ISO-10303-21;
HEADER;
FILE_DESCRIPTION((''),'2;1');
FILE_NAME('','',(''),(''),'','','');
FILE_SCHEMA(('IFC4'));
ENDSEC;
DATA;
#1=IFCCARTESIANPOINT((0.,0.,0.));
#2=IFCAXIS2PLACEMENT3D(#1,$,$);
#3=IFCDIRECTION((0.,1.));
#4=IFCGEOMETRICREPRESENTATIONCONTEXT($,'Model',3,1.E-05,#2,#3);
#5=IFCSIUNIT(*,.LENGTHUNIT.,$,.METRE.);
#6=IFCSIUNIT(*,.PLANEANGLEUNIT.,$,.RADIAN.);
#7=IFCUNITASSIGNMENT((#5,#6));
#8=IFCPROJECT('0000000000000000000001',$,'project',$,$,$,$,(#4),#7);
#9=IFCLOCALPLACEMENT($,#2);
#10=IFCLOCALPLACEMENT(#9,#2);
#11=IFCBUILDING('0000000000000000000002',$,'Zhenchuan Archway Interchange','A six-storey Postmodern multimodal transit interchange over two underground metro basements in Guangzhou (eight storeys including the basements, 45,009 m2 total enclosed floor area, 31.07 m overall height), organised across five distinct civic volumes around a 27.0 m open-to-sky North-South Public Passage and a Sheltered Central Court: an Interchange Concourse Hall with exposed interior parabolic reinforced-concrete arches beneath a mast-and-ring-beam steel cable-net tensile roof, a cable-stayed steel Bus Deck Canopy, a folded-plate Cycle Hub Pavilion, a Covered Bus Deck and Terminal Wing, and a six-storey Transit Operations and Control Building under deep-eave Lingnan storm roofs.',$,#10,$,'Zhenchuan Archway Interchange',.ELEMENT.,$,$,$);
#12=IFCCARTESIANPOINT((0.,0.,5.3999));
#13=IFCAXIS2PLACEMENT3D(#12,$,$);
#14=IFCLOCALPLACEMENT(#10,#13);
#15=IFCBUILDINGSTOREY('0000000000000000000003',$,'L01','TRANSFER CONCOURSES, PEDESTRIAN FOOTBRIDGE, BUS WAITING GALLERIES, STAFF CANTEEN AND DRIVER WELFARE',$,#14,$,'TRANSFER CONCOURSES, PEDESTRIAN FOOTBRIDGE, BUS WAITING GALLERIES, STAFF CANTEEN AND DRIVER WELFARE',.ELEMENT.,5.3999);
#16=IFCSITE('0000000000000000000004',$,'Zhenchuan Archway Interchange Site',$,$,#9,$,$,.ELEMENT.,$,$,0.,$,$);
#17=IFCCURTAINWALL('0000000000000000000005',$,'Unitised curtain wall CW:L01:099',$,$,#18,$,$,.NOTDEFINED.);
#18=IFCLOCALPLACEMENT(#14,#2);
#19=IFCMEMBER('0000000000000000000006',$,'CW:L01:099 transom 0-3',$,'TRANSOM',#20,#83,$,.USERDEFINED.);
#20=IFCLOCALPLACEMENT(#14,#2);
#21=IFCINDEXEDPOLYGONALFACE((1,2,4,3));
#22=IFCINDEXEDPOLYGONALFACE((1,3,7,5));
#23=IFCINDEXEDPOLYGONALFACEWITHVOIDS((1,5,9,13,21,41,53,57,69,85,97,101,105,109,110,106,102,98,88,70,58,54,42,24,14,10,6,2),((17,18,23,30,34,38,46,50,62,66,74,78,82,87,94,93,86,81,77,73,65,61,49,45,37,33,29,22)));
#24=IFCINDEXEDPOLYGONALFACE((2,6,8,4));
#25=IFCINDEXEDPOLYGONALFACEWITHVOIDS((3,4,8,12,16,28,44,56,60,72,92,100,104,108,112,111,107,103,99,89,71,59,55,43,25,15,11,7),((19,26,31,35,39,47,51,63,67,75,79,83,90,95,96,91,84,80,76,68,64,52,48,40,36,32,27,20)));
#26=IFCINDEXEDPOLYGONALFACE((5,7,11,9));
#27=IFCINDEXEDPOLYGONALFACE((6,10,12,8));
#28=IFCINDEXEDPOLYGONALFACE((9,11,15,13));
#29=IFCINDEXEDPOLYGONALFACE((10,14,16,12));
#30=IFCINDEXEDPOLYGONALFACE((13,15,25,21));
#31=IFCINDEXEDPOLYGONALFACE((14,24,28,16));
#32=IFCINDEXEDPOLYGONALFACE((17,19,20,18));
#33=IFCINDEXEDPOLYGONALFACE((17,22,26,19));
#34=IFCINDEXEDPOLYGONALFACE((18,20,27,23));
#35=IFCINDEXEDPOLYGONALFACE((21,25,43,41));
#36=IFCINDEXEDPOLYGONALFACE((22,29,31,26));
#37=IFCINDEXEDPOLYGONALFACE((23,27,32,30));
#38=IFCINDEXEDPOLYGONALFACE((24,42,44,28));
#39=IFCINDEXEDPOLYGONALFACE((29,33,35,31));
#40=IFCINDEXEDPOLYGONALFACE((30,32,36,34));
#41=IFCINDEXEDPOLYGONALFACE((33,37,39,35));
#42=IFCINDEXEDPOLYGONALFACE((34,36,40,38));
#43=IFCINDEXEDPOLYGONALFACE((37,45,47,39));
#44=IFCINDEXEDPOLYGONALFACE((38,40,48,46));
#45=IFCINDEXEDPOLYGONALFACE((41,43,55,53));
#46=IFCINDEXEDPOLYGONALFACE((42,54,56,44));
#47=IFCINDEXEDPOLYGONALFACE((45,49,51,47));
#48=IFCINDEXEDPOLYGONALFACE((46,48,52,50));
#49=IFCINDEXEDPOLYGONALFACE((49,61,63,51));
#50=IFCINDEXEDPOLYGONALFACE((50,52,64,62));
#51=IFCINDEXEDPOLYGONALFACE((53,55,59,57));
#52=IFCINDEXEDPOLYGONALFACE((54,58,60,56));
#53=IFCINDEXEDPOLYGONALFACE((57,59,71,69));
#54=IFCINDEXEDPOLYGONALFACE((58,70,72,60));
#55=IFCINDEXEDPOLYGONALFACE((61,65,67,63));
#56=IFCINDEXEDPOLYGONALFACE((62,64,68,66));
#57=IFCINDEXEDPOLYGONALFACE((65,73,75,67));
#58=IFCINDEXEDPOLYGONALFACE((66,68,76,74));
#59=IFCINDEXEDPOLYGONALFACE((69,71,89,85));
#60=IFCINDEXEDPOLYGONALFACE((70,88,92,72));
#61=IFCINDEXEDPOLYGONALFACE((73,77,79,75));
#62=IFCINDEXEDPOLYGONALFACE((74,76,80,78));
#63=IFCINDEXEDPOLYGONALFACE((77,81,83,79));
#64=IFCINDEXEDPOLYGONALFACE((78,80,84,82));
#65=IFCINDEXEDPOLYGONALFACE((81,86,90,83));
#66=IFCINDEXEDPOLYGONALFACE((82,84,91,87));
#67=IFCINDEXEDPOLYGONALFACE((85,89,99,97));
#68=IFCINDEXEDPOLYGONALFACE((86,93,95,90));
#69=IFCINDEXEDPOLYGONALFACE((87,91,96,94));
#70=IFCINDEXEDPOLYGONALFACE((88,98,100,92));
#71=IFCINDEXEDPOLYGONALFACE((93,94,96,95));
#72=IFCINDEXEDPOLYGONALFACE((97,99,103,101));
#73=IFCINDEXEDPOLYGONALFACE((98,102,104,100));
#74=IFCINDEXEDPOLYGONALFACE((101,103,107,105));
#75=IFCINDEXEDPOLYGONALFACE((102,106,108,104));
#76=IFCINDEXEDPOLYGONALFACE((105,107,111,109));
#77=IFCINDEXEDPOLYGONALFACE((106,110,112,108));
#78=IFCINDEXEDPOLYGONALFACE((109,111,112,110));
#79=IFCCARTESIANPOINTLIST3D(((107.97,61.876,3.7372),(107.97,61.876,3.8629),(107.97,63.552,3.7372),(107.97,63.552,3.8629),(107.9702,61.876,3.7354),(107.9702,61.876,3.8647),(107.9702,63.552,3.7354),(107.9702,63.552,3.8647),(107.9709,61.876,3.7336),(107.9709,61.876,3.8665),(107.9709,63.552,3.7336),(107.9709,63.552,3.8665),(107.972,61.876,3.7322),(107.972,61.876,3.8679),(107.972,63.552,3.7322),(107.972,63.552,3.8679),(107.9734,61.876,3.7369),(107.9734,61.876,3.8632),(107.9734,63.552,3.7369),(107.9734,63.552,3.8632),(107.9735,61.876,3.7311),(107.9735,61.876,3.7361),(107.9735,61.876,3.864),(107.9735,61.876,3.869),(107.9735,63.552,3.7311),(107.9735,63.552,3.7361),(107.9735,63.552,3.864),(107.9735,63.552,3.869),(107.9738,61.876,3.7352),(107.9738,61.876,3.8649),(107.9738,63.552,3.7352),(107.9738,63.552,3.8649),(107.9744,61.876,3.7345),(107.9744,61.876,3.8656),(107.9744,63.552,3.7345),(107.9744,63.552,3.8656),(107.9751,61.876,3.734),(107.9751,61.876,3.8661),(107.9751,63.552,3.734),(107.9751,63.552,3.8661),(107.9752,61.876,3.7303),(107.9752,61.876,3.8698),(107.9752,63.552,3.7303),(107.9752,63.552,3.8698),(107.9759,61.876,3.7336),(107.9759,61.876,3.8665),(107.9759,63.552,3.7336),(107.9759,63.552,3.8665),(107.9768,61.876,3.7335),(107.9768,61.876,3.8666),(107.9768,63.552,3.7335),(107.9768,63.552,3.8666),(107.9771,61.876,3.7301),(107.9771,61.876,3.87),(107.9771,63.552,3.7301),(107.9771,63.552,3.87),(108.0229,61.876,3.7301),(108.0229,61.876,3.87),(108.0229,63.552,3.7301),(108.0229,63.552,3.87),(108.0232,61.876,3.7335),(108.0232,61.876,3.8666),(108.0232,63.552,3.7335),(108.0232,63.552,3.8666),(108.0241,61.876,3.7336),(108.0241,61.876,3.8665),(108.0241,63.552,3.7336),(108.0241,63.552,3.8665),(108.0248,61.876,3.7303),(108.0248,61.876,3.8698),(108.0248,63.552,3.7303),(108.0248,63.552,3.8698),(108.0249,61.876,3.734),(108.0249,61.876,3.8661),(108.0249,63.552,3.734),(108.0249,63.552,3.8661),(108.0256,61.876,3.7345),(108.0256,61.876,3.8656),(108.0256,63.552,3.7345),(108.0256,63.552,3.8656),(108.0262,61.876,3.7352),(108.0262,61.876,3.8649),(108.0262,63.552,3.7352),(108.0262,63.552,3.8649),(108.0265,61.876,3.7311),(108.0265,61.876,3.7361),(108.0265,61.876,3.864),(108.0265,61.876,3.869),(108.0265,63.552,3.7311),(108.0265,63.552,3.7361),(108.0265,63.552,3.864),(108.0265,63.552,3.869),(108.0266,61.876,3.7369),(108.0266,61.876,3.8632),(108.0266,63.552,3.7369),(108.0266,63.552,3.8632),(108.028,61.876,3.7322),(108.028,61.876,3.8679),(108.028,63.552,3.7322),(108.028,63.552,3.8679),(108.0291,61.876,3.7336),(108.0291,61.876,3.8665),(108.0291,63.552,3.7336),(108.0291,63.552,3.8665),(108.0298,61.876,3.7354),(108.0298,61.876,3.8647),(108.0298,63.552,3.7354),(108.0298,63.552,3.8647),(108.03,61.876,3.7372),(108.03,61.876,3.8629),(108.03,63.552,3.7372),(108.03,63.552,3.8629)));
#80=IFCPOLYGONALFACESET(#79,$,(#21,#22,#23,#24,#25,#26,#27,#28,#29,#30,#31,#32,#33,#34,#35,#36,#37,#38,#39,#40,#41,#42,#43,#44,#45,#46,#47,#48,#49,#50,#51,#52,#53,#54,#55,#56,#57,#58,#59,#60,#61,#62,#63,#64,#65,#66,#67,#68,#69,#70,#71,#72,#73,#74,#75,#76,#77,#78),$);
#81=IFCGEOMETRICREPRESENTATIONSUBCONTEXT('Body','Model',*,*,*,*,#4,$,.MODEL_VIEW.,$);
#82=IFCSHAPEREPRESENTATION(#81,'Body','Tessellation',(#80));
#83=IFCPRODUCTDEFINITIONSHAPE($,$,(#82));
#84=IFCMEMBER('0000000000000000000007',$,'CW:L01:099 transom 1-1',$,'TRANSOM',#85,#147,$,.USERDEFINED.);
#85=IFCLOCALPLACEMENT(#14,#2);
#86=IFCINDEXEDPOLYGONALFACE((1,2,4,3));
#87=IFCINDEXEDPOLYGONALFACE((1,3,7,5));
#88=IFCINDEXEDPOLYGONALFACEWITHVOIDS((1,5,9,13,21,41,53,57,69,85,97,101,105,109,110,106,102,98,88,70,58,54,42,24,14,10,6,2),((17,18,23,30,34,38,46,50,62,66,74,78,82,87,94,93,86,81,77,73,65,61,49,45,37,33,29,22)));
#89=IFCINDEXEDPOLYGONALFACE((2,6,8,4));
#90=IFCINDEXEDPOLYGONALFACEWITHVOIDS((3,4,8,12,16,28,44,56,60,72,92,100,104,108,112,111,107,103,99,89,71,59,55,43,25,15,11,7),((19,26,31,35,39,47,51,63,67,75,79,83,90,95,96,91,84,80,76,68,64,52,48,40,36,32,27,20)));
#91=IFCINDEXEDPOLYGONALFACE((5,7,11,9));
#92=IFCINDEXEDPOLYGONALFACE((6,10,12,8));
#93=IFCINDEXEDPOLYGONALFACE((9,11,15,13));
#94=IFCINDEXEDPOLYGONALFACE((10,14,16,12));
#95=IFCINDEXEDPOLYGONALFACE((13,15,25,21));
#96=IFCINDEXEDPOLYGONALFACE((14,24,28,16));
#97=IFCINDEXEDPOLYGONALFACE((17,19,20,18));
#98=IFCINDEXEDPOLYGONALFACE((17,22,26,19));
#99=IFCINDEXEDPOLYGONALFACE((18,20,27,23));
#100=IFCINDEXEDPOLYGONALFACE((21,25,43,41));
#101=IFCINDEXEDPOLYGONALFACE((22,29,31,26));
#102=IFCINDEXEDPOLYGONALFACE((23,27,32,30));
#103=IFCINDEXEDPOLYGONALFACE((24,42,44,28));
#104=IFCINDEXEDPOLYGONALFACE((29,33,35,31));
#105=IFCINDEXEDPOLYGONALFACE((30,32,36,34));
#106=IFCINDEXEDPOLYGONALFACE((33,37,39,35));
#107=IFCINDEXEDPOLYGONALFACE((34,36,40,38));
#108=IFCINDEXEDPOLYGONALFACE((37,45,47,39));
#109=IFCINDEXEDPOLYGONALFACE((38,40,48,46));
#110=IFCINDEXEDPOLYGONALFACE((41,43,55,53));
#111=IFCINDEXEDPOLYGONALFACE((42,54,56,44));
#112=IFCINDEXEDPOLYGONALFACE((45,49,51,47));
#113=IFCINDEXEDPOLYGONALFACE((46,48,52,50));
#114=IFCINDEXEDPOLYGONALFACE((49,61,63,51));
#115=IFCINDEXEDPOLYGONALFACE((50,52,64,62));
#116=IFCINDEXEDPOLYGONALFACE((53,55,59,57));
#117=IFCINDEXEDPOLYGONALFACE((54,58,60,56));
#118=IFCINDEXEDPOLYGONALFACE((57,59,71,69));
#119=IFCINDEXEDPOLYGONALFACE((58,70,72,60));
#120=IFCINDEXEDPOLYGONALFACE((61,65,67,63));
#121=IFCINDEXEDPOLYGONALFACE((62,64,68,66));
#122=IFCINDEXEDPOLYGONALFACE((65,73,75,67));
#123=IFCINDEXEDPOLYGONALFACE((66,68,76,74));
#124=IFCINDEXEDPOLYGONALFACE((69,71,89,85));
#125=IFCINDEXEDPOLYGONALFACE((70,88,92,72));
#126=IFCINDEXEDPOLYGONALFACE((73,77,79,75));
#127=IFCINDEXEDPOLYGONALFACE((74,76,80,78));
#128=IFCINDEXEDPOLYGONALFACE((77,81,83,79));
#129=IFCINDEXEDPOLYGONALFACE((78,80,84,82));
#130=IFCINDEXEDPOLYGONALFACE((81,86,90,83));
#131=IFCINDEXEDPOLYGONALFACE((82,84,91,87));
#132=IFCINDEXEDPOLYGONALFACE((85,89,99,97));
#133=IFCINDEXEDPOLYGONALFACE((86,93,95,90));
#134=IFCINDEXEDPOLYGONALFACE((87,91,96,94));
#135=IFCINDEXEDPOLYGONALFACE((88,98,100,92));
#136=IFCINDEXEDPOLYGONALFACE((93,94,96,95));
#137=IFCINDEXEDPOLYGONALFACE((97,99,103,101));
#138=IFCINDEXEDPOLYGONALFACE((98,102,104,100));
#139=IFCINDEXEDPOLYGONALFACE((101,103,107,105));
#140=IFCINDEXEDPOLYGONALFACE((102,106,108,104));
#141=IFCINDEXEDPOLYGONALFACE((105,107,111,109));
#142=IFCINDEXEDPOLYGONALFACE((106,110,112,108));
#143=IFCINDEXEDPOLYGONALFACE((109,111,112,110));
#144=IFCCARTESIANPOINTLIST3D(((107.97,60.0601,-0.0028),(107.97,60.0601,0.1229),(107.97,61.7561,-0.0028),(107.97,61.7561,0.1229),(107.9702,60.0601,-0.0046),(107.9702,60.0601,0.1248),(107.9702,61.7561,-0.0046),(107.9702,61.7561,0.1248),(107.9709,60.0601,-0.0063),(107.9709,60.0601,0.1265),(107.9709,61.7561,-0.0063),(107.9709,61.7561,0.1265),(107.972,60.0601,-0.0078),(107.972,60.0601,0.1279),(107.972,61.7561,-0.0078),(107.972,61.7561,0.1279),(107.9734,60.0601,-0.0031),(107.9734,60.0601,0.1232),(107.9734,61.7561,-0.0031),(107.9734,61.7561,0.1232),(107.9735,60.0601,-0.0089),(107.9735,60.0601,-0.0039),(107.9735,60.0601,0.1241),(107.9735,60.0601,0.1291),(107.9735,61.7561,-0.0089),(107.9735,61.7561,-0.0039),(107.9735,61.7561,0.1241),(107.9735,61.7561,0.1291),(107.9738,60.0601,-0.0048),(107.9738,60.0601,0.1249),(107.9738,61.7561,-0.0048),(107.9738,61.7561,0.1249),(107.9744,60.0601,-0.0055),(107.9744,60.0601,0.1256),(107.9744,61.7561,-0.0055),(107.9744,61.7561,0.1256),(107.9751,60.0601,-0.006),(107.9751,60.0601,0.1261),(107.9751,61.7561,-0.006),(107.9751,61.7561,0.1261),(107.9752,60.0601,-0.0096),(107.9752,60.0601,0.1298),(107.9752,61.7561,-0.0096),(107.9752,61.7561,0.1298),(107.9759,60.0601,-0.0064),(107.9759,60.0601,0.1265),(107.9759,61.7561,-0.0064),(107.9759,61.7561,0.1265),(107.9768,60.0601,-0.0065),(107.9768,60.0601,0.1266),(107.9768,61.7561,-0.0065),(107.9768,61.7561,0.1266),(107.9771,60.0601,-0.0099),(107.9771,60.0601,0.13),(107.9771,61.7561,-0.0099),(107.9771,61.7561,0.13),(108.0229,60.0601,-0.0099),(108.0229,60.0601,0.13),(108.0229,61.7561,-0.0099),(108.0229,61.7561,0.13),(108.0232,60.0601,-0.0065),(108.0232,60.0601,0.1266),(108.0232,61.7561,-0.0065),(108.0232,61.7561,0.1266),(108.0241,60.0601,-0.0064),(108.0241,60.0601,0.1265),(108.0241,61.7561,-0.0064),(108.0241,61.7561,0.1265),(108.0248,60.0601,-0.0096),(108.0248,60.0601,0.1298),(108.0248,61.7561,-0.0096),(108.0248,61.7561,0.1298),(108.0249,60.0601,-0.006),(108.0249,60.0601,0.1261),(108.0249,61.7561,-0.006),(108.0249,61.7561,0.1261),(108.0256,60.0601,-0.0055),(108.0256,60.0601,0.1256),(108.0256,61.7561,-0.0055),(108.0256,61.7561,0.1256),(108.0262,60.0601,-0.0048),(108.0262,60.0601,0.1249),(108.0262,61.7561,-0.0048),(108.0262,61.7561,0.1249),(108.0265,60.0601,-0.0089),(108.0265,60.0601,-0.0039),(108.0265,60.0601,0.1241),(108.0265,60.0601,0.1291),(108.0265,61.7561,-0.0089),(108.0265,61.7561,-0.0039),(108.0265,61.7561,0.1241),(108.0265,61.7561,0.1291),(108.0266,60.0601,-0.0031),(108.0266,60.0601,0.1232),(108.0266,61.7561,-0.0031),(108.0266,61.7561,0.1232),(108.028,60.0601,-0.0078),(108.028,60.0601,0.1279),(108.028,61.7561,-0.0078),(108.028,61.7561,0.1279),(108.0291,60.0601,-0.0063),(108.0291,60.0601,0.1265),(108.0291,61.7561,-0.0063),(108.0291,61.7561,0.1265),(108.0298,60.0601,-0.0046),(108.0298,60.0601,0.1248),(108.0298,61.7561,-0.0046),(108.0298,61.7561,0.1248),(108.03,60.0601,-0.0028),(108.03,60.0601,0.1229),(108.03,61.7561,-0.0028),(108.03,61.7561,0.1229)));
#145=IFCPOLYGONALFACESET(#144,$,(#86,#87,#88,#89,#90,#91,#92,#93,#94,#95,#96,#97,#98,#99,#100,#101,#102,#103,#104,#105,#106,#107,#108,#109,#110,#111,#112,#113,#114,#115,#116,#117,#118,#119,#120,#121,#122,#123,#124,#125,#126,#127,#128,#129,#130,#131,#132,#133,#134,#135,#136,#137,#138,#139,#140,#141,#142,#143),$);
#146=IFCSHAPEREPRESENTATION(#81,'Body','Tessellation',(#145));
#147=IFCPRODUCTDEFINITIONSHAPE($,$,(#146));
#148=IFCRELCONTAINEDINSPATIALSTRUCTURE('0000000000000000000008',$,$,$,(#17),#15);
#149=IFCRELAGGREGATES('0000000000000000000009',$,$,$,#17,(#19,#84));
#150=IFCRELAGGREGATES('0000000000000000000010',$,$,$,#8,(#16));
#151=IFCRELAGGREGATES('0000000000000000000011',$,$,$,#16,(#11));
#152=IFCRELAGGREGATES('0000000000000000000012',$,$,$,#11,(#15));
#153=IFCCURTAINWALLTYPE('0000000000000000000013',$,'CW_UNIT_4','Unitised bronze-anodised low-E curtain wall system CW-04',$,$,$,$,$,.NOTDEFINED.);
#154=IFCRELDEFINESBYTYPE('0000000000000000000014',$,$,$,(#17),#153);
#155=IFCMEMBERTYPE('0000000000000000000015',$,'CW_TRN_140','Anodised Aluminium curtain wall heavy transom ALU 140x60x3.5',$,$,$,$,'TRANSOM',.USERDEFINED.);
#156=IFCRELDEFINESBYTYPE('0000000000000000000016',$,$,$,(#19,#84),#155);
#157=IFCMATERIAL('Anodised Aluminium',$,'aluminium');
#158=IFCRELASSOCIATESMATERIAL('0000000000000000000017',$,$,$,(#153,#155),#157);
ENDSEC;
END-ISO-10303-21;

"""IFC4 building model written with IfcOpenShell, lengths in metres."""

from ifc_helpers import new_model, si_unit, direction, frame, origin, origin_2d, place, context, subcontext, project, spatial, hollow_rectangle, extrude, material, material_profile, profile_set, type_object, element, aggregate, save


model = new_model("IFC4")

# Units and contexts
model_context = context("Model", 3, precision=1e-05, world=origin(), true_north=direction((0.0, 1.0)))
body_context = subcontext(model_context, "Body", "Model", "MODEL_VIEW")
ifc_project = project(units=[si_unit("LENGTHUNIT", "METRE"), si_unit("PLANEANGLEUNIT", "RADIAN")], contexts=[model_context])

# Site, building, storey
site_placement = place(None, origin())
site = spatial("IfcSite", under=ifc_project, at=site_placement, Name="Zhenchuan Archway Interchange Site", CompositionType="ELEMENT", RefElevation=0.0)
building_placement = place(site_placement, origin())
building = spatial("IfcBuilding", under=site, at=building_placement, Name="Zhenchuan Archway Interchange", Description="A six-storey Postmodern multimodal transit interchange over two underground metro basements in Guangzhou (eight storeys including the basements, 45,009 m2 total enclosed floor area, 31.07 m overall height), organised across five distinct civic volumes around a 27.0 m open-to-sky North-South Public Passage and a Sheltered Central Court: an Interchange Concourse Hall with exposed interior parabolic reinforced-concrete arches beneath a mast-and-ring-beam steel cable-net tensile roof, a cable-stayed steel Bus Deck Canopy, a folded-plate Cycle Hub Pavilion, a Covered Bus Deck and Terminal Wing, and a six-storey Transit Operations and Control Building under deep-eave Lingnan storm roofs.", LongName="Zhenchuan Archway Interchange", CompositionType="ELEMENT")
storey_placement = place(building_placement, frame((0.0, 0.0, 5.3999)))
storey = spatial("IfcBuildingStorey", under=building, at=storey_placement, Name="L01", Description="TRANSFER CONCOURSES, PEDESTRIAN FOOTBRIDGE, BUS WAITING GALLERIES, STAFF CANTEEN AND DRIVER WELFARE", LongName="TRANSFER CONCOURSES, PEDESTRIAN FOOTBRIDGE, BUS WAITING GALLERIES, STAFF CANTEEN AND DRIVER WELFARE", CompositionType="ELEMENT", Elevation=5.3999)

# Curtain wall, members
ifc_material_1 = material(Name="Anodised Aluminium", Category="aluminium")
curtain_wall_type = type_object("IfcCurtainWallType", Name="CW_UNIT_4", Description="Unitised bronze-anodised low-E curtain wall system CW-04", PredefinedType="NOTDEFINED", material=ifc_material_1)
curtain_wall_placement = place(storey_placement, origin())
curtain_wall = element("IfcCurtainWall", 1, at=curtain_wall_placement, inside=storey, type_object=curtain_wall_type, Name="Unitised curtain wall CW:L01:099", PredefinedType="NOTDEFINED")
ifc_material_profile_1 = material_profile(ifc_material_1, hollow_rectangle(XDim=0.0601, YDim=0.1399, WallThickness=0.0034, InnerFilletRadius=0.0034, OuterFilletRadius=0.0071, at=origin_2d()), Name="ALU 140x60x3.5")
ifc_profile_set_1 = profile_set([ifc_material_profile_1], Name="Anodised Aluminium")
member_type_1 = type_object("IfcMemberType", Name="CW_TRN_140", Description="Anodised Aluminium curtain wall heavy transom ALU 140x60x3.5", ElementType="TRANSOM", PredefinedType="USERDEFINED", material=ifc_profile_set_1)
member_1_placement = place(storey_placement, frame((108.0, 63.552, 3.8), z_axis=(0.0, -1.0, 0.0), x_axis=(1.0, 0.0, 0.0)))
member_1 = element("IfcMember", 2, at=member_1_placement, type_object=member_type_1, Name="CW:L01:099 transom 0-3", ObjectType="TRANSOM", PredefinedType="USERDEFINED", context=body_context, shape_type="SweptSolid", body=[
    extrude(hollow_rectangle(XDim=0.0601, YDim=0.1399, WallThickness=0.0034, InnerFilletRadius=0.0034, OuterFilletRadius=0.0071, at=origin_2d()), origin(), (0.0, 0.0, 1.0), 1.676),
])
member_2_placement = place(storey_placement, frame((108.0, 61.7561, 0.0601), z_axis=(0.0, -1.0, 0.0), x_axis=(1.0, 0.0, 0.0)))
member_2 = element("IfcMember", 3, at=member_2_placement, type_object=member_type_1, Name="CW:L01:099 transom 1-1", ObjectType="TRANSOM", PredefinedType="USERDEFINED", context=body_context, shape_type="SweptSolid", body=[
    extrude(hollow_rectangle(XDim=0.0601, YDim=0.1399, WallThickness=0.0034, InnerFilletRadius=0.0034, OuterFilletRadius=0.0071, at=origin_2d()), origin(), (0.0, 0.0, 1.0), 1.696),
])
aggregate(curtain_wall, [member_1, member_2])

save(model, "model.ifc")
